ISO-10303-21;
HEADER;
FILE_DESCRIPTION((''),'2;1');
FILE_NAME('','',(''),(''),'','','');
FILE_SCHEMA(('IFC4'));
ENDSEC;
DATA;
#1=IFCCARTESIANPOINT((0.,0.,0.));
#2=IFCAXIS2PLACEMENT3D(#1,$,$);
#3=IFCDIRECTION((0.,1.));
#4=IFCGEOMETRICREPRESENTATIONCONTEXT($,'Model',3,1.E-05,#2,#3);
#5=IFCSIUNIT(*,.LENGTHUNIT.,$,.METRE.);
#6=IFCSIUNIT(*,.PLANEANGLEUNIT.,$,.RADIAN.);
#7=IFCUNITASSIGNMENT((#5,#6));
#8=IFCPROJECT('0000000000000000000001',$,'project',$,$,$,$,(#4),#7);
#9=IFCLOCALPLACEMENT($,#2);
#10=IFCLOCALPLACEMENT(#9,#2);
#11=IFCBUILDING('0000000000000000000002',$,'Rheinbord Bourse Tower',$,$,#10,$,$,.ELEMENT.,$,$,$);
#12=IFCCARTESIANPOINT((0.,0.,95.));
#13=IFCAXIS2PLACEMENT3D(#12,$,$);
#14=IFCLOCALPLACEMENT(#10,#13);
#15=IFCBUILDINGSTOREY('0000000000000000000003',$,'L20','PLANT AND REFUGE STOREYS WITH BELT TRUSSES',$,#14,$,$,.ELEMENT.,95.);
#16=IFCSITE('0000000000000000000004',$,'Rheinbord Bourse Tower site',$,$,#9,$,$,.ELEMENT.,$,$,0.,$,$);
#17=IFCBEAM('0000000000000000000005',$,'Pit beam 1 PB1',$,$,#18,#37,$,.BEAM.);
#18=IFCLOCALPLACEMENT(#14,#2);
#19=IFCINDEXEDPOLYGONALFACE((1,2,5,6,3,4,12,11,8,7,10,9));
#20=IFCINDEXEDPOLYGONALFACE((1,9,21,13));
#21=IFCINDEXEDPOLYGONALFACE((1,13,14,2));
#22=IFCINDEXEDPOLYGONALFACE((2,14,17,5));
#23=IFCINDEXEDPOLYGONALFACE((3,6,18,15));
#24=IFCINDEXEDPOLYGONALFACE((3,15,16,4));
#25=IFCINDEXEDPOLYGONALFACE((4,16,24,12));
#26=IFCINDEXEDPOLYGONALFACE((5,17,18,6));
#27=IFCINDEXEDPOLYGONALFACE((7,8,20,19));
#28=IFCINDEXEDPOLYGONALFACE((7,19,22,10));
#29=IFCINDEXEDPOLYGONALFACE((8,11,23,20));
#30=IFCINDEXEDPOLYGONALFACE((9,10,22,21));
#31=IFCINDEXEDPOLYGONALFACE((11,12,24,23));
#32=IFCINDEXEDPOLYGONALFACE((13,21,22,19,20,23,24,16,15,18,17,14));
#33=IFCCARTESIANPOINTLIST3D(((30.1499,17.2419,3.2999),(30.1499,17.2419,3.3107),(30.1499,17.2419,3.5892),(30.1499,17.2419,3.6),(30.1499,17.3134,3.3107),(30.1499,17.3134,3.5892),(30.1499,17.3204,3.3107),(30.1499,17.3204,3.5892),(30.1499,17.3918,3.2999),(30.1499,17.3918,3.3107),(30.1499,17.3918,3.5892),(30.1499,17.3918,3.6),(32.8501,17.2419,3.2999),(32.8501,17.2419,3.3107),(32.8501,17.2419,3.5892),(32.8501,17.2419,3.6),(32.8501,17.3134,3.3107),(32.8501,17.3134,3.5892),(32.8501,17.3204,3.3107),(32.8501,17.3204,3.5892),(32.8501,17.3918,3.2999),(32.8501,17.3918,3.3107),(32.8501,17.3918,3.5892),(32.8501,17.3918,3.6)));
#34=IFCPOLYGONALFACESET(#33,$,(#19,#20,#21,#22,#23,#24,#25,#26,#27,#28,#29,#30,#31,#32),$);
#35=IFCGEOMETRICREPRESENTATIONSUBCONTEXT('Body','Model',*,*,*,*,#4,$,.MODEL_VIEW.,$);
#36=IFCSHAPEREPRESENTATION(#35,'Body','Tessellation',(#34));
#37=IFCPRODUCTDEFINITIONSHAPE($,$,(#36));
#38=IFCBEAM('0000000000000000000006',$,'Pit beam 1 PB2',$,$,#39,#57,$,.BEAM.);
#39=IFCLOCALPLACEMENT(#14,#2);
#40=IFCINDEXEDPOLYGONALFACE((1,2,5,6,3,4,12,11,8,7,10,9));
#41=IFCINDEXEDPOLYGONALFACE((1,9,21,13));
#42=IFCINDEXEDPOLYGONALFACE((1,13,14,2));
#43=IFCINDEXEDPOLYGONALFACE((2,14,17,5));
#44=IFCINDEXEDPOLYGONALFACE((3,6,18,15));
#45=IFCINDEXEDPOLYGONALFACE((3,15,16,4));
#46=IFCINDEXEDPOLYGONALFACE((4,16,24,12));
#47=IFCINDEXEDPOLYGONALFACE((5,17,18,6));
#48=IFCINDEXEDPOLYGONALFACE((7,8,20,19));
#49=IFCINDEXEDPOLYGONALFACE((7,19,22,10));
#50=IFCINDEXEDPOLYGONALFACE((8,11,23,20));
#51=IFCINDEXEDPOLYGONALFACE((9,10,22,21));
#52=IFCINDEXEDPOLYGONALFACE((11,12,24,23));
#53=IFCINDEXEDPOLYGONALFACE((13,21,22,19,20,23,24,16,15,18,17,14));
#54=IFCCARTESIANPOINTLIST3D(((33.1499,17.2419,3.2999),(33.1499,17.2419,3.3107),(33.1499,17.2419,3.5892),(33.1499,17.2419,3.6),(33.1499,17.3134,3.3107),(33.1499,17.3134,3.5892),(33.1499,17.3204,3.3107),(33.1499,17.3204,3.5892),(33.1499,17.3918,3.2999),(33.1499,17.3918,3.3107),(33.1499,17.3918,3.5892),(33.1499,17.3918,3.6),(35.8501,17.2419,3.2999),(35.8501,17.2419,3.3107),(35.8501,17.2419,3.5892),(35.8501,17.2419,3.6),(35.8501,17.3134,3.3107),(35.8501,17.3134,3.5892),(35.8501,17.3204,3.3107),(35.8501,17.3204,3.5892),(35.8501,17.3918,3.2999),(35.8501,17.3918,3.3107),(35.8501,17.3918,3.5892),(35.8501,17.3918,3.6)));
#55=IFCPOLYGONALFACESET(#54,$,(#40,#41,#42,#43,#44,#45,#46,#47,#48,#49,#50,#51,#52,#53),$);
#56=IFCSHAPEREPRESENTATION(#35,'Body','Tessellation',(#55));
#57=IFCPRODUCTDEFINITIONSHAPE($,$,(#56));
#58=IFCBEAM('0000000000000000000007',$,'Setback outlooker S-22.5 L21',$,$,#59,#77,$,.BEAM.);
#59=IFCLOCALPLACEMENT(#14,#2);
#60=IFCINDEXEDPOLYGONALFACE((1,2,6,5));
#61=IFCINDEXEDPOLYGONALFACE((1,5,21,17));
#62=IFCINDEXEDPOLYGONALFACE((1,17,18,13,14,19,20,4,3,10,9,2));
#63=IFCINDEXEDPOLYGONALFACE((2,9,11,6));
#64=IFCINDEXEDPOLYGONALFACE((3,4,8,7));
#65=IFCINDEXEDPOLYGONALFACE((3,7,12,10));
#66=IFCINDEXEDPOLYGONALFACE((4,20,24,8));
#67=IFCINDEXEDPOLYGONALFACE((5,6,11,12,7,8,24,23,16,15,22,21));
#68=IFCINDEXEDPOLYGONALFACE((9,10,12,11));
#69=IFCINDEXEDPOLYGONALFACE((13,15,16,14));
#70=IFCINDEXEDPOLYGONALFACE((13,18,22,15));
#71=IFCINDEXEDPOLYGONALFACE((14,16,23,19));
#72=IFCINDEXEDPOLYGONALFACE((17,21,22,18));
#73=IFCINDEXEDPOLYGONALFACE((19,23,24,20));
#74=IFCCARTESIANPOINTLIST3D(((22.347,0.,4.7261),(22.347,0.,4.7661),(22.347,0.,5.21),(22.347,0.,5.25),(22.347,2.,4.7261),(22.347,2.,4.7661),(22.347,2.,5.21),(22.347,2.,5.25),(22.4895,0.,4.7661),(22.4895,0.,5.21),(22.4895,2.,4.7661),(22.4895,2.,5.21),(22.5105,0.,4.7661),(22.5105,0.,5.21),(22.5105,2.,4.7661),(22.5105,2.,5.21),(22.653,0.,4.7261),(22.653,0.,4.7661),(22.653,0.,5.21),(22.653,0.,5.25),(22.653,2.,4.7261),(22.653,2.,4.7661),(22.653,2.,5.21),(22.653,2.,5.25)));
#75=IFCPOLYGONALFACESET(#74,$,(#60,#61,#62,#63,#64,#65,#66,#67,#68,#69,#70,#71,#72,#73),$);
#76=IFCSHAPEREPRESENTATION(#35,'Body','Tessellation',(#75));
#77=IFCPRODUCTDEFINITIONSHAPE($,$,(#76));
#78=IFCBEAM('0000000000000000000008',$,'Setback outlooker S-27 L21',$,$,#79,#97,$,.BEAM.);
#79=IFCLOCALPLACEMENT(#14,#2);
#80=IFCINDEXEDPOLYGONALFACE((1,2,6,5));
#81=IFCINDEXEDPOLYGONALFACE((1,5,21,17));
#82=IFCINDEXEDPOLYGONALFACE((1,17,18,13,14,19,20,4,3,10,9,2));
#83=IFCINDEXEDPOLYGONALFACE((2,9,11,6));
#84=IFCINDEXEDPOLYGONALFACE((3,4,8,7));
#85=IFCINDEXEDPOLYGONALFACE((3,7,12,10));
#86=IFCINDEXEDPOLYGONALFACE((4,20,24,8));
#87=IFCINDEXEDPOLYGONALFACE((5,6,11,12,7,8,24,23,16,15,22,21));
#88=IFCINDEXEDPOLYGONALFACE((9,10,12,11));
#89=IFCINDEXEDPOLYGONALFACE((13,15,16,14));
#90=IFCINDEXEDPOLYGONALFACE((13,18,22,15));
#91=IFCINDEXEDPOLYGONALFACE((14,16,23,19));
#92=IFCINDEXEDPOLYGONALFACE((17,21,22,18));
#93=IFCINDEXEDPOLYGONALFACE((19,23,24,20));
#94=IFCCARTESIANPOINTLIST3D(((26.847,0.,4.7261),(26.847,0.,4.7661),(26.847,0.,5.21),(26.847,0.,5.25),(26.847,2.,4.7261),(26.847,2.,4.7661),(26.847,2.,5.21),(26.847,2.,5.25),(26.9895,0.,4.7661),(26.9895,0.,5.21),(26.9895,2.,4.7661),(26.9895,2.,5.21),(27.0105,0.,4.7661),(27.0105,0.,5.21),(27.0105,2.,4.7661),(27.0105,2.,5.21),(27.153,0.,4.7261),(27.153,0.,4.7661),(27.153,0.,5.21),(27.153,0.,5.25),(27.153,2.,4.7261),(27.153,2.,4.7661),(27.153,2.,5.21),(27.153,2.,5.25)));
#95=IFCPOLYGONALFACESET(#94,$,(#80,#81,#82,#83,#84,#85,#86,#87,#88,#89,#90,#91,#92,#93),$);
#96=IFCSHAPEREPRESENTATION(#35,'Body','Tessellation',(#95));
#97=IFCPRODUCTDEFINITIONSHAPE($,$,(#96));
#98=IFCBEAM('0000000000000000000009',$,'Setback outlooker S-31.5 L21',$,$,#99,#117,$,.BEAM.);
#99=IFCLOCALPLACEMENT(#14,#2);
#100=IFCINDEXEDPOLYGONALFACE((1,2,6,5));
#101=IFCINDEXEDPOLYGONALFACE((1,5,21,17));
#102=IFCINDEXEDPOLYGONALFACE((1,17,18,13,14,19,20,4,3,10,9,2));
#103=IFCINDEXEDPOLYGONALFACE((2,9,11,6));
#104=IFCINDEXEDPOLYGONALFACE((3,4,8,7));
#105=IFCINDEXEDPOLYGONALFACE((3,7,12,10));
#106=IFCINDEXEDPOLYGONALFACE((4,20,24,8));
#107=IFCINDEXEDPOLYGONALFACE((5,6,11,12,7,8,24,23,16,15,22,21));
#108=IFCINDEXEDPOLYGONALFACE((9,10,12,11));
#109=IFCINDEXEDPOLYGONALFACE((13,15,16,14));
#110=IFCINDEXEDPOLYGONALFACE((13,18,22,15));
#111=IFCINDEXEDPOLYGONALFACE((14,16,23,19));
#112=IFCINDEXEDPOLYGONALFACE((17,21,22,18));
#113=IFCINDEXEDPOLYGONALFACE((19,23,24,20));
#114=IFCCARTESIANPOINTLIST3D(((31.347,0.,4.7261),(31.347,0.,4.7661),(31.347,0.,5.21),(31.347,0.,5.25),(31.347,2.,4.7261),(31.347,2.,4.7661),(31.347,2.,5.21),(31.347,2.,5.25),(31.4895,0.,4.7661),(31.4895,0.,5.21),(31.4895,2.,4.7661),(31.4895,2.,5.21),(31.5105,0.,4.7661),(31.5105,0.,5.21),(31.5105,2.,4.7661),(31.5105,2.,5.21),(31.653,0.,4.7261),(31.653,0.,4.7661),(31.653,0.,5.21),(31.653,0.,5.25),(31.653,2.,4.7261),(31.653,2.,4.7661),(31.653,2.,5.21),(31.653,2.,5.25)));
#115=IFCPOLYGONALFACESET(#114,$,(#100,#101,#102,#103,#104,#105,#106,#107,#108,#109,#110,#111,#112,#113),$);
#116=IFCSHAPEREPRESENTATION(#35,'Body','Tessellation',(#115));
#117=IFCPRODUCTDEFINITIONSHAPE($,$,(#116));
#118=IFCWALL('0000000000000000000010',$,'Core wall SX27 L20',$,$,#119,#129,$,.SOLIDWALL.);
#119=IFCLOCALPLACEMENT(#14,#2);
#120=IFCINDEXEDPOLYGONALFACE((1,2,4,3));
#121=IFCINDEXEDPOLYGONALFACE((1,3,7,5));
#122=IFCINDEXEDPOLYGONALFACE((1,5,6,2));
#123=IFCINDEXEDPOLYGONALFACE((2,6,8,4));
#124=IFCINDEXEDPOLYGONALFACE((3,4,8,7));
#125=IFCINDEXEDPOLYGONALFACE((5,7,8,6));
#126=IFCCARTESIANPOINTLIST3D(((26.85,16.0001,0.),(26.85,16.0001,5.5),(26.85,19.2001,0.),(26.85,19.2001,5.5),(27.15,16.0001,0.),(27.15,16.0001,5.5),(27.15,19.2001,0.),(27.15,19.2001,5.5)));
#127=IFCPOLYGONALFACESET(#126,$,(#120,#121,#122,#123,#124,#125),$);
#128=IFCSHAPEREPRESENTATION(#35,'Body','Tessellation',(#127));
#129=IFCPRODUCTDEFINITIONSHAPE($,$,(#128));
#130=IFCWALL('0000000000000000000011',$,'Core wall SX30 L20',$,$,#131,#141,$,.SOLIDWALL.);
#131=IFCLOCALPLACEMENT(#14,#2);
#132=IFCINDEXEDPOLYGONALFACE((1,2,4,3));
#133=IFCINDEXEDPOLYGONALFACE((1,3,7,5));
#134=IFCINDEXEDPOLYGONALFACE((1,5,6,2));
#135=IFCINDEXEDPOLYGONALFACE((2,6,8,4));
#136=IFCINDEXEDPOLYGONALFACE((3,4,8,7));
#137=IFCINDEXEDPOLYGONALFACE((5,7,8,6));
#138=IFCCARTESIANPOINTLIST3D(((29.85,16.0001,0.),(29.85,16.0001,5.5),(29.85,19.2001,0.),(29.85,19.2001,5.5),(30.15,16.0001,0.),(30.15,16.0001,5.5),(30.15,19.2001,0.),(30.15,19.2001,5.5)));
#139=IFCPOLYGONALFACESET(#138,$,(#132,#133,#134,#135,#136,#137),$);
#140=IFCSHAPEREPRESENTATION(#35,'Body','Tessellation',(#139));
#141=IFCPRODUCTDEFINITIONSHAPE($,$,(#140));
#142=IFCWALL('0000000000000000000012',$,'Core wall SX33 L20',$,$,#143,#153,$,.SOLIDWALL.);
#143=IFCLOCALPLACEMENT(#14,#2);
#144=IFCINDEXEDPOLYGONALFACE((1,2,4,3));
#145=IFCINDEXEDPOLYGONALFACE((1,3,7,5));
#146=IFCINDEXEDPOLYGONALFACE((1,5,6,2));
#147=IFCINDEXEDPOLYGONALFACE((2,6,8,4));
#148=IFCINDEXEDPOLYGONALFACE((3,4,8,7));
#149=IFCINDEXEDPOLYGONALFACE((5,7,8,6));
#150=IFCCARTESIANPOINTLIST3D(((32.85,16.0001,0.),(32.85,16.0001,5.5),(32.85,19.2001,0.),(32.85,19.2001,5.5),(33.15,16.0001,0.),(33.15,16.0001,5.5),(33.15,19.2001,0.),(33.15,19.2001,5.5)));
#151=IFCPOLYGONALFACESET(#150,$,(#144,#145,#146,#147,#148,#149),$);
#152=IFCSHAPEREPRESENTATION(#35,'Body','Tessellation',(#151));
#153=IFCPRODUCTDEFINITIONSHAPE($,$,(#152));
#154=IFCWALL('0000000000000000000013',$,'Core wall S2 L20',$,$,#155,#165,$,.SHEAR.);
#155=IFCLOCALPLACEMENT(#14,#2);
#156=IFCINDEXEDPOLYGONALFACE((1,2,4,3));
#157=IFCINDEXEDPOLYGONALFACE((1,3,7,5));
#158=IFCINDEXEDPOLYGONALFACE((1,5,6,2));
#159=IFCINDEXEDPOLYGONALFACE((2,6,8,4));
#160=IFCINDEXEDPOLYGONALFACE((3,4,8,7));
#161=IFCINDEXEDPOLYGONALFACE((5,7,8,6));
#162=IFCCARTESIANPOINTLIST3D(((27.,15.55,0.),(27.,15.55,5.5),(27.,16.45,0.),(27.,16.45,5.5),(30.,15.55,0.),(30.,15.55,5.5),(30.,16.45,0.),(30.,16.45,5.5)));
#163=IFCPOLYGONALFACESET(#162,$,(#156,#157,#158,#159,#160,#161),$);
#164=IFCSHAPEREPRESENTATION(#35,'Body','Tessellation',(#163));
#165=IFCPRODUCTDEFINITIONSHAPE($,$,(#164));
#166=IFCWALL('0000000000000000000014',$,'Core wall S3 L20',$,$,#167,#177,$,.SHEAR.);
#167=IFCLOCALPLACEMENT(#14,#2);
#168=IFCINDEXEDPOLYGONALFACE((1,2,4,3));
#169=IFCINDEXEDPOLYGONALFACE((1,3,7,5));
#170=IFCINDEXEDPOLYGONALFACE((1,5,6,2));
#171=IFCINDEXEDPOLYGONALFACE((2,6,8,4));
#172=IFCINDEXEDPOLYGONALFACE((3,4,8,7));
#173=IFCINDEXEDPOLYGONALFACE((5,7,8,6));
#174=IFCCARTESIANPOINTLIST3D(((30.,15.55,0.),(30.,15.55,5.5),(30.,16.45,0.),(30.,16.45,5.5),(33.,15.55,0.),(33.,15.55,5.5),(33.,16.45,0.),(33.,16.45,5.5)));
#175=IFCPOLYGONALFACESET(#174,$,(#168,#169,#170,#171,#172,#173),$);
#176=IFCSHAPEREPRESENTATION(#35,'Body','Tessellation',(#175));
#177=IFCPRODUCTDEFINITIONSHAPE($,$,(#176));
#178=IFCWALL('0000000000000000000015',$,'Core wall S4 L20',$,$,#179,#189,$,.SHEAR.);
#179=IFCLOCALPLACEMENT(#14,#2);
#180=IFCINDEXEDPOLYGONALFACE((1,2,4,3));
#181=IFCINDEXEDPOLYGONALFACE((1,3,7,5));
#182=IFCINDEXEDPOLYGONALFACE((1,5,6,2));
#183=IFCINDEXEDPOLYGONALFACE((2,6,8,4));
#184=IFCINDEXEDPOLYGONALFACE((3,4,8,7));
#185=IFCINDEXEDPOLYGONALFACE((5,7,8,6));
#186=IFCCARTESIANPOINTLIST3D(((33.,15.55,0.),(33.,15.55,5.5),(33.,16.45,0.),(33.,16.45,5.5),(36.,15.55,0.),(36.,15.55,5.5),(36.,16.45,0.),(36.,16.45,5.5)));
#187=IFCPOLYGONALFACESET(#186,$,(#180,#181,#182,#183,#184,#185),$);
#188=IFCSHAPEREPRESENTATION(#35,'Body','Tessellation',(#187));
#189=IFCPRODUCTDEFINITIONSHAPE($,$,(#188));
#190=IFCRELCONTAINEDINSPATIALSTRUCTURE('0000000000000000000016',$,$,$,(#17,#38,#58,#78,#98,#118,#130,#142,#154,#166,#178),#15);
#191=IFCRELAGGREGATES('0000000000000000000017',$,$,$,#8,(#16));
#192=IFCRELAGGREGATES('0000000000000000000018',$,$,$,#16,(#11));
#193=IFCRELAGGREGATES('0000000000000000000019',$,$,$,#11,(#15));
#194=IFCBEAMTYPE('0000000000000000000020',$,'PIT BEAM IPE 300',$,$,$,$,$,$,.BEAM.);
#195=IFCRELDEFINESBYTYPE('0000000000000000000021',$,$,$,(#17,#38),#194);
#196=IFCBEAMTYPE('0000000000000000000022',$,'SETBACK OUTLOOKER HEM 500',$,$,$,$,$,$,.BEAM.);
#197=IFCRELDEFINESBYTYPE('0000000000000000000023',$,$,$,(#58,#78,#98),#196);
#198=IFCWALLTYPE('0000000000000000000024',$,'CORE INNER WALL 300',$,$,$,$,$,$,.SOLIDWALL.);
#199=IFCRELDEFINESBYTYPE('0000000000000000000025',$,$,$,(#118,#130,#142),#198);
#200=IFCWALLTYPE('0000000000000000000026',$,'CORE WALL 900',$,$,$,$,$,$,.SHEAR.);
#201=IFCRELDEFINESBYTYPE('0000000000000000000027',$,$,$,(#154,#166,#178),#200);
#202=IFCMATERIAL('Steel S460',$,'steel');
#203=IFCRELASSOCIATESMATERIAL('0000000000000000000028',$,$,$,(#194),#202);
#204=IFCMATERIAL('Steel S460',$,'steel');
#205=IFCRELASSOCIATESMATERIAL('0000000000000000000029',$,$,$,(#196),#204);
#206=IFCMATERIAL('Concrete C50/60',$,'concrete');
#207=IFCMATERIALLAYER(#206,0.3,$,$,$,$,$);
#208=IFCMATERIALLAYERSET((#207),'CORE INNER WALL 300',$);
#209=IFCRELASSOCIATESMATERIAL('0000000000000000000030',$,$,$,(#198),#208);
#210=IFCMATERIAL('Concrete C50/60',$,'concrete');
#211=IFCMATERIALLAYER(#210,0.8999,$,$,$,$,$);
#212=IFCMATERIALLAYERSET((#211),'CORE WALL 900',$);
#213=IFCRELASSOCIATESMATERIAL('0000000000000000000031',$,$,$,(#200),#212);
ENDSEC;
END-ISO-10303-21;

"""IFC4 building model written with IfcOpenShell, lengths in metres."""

from ifc_helpers import new_model, si_unit, direction, frame, frame_2d, origin, origin_2d, place, context, subcontext, project, spatial, rectangle, i_section, extrude, material, layer, layer_set, material_profile, profile_set, type_object, element, save


model = new_model("IFC4")

# Units and contexts
model_context = context("Model", 3, precision=1e-05, world=origin(), true_north=direction((0.0, 1.0)))
body_context = subcontext(model_context, "Body", "Model", "MODEL_VIEW")
ifc_project = project(units=[si_unit("LENGTHUNIT", "METRE"), si_unit("PLANEANGLEUNIT", "RADIAN")], contexts=[model_context])

# Site, building, storey
site_placement = place(None, origin())
site = spatial("IfcSite", under=ifc_project, at=site_placement, Name="Rheinbord Bourse Tower site", CompositionType="ELEMENT", RefElevation=0.0)
building_placement = place(site_placement, origin())
building = spatial("IfcBuilding", under=site, at=building_placement, Name="Rheinbord Bourse Tower", CompositionType="ELEMENT")
storey_placement = place(building_placement, frame((0.0, 0.0, 95.0)))
storey = spatial("IfcBuildingStorey", under=building, at=storey_placement, Name="L20", Description="PLANT AND REFUGE STOREYS WITH BELT TRUSSES", CompositionType="ELEMENT", Elevation=95.0)

# Beams
ifc_material_1 = material(Name="Steel S460", Category="steel")
ifc_material_profile_1 = material_profile(ifc_material_1, i_section(OverallWidth=0.1499, OverallDepth=0.3, WebThickness=0.0071, FlangeThickness=0.0107, at=origin_2d()), Name="IPE 300")
ifc_profile_set_1 = profile_set([ifc_material_profile_1], Name="Steel S460")
beam_type_1 = type_object("IfcBeamType", Name="PIT BEAM IPE 300", PredefinedType="BEAM", material=ifc_profile_set_1)
for number, where, z_axis, x_axis, name in (
    (1, (30.1499, 17.3169, 3.45), (1.0, 0.0, 0.0), (0.0, 1.0, 0.0), "Pit beam 1 PB1"),
    (2, (33.1499, 17.3169, 3.45), (1.0, 0.0, 0.0), (0.0, 1.0, 0.0), "Pit beam 1 PB2"),
):
    element("IfcBeam", number, at=place(storey_placement, frame(where, z_axis=z_axis, x_axis=x_axis)), inside=storey, type_object=beam_type_1, Name=name, PredefinedType="BEAM", context=body_context, shape_type="SweptSolid", body=[
        extrude(i_section(OverallWidth=0.1499, OverallDepth=0.3, WebThickness=0.0071, FlangeThickness=0.0107, at=origin_2d()), origin(), (0.0, 0.0, 1.0), 2.7002),
    ])
ifc_material_2 = material(Name="Steel S460", Category="steel")
ifc_material_profile_2 = material_profile(ifc_material_2, i_section(OverallWidth=0.3059, OverallDepth=0.5239, WebThickness=0.021, FlangeThickness=0.04, at=origin_2d()), Name="HEM 500")
ifc_profile_set_2 = profile_set([ifc_material_profile_2], Name="Steel S460")
beam_type_2 = type_object("IfcBeamType", Name="SETBACK OUTLOOKER HEM 500", PredefinedType="BEAM", material=ifc_profile_set_2)
for number, where, z_axis, x_axis, name in (
    (3, (22.5, 2.0, 4.988), (0.0, -1.0, 0.0), (1.0, 0.0, 0.0), "Setback outlooker S-22.5 L21"),
    (4, (27.0, 2.0, 4.988), (0.0, -1.0, 0.0), (1.0, 0.0, 0.0), "Setback outlooker S-27 L21"),
    (5, (31.5, 2.0, 4.988), (0.0, -1.0, 0.0), (1.0, 0.0, 0.0), "Setback outlooker S-31.5 L21"),
):
    element("IfcBeam", number, at=place(storey_placement, frame(where, z_axis=z_axis, x_axis=x_axis)), inside=storey, type_object=beam_type_2, Name=name, PredefinedType="BEAM", context=body_context, shape_type="SweptSolid", body=[
        extrude(i_section(OverallWidth=0.3059, OverallDepth=0.5239, WebThickness=0.021, FlangeThickness=0.04, at=origin_2d()), origin(), (0.0, 0.0, 1.0), 2.0),
    ])

# Walls
ifc_material_3 = material(Name="Concrete C50/60", Category="concrete")
ifc_layer_1 = layer(ifc_material_3, 0.3)
ifc_layer_set_1 = layer_set([ifc_layer_1], Name="CORE INNER WALL 300")
wall_type_1 = type_object("IfcWallType", Name="CORE INNER WALL 300", PredefinedType="SOLIDWALL", material=ifc_layer_set_1)
for number, where, z_axis, x_axis, name in (
    (6, (27.0, 16.0, 0.0), (0.0, 0.0, 1.0), (0.0, 1.0, 0.0), "Core wall SX27 L20"),
    (7, (30.0, 16.0, 0.0), (0.0, 0.0, 1.0), (0.0, 1.0, 0.0), "Core wall SX30 L20"),
    (8, (33.0, 16.0, 0.0), (0.0, 0.0, 1.0), (0.0, 1.0, 0.0), "Core wall SX33 L20"),
):
    element("IfcWall", number, at=place(storey_placement, frame(where, z_axis=z_axis, x_axis=x_axis)), inside=storey, type_object=wall_type_1, Name=name, PredefinedType="SOLIDWALL", context=body_context, shape_type="SweptSolid", body=[
        extrude(rectangle(XDim=3.2, YDim=0.3, at=frame_2d((1.6001, 0.0))), origin(), (0.0, 0.0, 1.0), 5.5),
    ])
ifc_material_4 = material(Name="Concrete C50/60", Category="concrete")
ifc_layer_2 = layer(ifc_material_4, 0.8999)
ifc_layer_set_2 = layer_set([ifc_layer_2], Name="CORE WALL 900")
wall_type_2 = type_object("IfcWallType", Name="CORE WALL 900", PredefinedType="SHEAR", material=ifc_layer_set_2)
for number, where, z_axis, x_axis, name in (
    (9, (27.0, 16.0, 0.0), (0.0, 0.0, 1.0), (1.0, 0.0, 0.0), "Core wall S2 L20"),
    (10, (30.0, 16.0, 0.0), (0.0, 0.0, 1.0), (1.0, 0.0, 0.0), "Core wall S3 L20"),
    (11, (33.0, 16.0, 0.0), (0.0, 0.0, 1.0), (1.0, 0.0, 0.0), "Core wall S4 L20"),
):
    element("IfcWall", number, at=place(storey_placement, frame(where, z_axis=z_axis, x_axis=x_axis)), inside=storey, type_object=wall_type_2, Name=name, PredefinedType="SHEAR", context=body_context, shape_type="SweptSolid", body=[
        extrude(rectangle(XDim=3.0, YDim=0.8999, at=frame_2d((1.5, 0.0))), origin(), (0.0, 0.0, 1.0), 5.5),
    ])

save(model, "model.ifc")
